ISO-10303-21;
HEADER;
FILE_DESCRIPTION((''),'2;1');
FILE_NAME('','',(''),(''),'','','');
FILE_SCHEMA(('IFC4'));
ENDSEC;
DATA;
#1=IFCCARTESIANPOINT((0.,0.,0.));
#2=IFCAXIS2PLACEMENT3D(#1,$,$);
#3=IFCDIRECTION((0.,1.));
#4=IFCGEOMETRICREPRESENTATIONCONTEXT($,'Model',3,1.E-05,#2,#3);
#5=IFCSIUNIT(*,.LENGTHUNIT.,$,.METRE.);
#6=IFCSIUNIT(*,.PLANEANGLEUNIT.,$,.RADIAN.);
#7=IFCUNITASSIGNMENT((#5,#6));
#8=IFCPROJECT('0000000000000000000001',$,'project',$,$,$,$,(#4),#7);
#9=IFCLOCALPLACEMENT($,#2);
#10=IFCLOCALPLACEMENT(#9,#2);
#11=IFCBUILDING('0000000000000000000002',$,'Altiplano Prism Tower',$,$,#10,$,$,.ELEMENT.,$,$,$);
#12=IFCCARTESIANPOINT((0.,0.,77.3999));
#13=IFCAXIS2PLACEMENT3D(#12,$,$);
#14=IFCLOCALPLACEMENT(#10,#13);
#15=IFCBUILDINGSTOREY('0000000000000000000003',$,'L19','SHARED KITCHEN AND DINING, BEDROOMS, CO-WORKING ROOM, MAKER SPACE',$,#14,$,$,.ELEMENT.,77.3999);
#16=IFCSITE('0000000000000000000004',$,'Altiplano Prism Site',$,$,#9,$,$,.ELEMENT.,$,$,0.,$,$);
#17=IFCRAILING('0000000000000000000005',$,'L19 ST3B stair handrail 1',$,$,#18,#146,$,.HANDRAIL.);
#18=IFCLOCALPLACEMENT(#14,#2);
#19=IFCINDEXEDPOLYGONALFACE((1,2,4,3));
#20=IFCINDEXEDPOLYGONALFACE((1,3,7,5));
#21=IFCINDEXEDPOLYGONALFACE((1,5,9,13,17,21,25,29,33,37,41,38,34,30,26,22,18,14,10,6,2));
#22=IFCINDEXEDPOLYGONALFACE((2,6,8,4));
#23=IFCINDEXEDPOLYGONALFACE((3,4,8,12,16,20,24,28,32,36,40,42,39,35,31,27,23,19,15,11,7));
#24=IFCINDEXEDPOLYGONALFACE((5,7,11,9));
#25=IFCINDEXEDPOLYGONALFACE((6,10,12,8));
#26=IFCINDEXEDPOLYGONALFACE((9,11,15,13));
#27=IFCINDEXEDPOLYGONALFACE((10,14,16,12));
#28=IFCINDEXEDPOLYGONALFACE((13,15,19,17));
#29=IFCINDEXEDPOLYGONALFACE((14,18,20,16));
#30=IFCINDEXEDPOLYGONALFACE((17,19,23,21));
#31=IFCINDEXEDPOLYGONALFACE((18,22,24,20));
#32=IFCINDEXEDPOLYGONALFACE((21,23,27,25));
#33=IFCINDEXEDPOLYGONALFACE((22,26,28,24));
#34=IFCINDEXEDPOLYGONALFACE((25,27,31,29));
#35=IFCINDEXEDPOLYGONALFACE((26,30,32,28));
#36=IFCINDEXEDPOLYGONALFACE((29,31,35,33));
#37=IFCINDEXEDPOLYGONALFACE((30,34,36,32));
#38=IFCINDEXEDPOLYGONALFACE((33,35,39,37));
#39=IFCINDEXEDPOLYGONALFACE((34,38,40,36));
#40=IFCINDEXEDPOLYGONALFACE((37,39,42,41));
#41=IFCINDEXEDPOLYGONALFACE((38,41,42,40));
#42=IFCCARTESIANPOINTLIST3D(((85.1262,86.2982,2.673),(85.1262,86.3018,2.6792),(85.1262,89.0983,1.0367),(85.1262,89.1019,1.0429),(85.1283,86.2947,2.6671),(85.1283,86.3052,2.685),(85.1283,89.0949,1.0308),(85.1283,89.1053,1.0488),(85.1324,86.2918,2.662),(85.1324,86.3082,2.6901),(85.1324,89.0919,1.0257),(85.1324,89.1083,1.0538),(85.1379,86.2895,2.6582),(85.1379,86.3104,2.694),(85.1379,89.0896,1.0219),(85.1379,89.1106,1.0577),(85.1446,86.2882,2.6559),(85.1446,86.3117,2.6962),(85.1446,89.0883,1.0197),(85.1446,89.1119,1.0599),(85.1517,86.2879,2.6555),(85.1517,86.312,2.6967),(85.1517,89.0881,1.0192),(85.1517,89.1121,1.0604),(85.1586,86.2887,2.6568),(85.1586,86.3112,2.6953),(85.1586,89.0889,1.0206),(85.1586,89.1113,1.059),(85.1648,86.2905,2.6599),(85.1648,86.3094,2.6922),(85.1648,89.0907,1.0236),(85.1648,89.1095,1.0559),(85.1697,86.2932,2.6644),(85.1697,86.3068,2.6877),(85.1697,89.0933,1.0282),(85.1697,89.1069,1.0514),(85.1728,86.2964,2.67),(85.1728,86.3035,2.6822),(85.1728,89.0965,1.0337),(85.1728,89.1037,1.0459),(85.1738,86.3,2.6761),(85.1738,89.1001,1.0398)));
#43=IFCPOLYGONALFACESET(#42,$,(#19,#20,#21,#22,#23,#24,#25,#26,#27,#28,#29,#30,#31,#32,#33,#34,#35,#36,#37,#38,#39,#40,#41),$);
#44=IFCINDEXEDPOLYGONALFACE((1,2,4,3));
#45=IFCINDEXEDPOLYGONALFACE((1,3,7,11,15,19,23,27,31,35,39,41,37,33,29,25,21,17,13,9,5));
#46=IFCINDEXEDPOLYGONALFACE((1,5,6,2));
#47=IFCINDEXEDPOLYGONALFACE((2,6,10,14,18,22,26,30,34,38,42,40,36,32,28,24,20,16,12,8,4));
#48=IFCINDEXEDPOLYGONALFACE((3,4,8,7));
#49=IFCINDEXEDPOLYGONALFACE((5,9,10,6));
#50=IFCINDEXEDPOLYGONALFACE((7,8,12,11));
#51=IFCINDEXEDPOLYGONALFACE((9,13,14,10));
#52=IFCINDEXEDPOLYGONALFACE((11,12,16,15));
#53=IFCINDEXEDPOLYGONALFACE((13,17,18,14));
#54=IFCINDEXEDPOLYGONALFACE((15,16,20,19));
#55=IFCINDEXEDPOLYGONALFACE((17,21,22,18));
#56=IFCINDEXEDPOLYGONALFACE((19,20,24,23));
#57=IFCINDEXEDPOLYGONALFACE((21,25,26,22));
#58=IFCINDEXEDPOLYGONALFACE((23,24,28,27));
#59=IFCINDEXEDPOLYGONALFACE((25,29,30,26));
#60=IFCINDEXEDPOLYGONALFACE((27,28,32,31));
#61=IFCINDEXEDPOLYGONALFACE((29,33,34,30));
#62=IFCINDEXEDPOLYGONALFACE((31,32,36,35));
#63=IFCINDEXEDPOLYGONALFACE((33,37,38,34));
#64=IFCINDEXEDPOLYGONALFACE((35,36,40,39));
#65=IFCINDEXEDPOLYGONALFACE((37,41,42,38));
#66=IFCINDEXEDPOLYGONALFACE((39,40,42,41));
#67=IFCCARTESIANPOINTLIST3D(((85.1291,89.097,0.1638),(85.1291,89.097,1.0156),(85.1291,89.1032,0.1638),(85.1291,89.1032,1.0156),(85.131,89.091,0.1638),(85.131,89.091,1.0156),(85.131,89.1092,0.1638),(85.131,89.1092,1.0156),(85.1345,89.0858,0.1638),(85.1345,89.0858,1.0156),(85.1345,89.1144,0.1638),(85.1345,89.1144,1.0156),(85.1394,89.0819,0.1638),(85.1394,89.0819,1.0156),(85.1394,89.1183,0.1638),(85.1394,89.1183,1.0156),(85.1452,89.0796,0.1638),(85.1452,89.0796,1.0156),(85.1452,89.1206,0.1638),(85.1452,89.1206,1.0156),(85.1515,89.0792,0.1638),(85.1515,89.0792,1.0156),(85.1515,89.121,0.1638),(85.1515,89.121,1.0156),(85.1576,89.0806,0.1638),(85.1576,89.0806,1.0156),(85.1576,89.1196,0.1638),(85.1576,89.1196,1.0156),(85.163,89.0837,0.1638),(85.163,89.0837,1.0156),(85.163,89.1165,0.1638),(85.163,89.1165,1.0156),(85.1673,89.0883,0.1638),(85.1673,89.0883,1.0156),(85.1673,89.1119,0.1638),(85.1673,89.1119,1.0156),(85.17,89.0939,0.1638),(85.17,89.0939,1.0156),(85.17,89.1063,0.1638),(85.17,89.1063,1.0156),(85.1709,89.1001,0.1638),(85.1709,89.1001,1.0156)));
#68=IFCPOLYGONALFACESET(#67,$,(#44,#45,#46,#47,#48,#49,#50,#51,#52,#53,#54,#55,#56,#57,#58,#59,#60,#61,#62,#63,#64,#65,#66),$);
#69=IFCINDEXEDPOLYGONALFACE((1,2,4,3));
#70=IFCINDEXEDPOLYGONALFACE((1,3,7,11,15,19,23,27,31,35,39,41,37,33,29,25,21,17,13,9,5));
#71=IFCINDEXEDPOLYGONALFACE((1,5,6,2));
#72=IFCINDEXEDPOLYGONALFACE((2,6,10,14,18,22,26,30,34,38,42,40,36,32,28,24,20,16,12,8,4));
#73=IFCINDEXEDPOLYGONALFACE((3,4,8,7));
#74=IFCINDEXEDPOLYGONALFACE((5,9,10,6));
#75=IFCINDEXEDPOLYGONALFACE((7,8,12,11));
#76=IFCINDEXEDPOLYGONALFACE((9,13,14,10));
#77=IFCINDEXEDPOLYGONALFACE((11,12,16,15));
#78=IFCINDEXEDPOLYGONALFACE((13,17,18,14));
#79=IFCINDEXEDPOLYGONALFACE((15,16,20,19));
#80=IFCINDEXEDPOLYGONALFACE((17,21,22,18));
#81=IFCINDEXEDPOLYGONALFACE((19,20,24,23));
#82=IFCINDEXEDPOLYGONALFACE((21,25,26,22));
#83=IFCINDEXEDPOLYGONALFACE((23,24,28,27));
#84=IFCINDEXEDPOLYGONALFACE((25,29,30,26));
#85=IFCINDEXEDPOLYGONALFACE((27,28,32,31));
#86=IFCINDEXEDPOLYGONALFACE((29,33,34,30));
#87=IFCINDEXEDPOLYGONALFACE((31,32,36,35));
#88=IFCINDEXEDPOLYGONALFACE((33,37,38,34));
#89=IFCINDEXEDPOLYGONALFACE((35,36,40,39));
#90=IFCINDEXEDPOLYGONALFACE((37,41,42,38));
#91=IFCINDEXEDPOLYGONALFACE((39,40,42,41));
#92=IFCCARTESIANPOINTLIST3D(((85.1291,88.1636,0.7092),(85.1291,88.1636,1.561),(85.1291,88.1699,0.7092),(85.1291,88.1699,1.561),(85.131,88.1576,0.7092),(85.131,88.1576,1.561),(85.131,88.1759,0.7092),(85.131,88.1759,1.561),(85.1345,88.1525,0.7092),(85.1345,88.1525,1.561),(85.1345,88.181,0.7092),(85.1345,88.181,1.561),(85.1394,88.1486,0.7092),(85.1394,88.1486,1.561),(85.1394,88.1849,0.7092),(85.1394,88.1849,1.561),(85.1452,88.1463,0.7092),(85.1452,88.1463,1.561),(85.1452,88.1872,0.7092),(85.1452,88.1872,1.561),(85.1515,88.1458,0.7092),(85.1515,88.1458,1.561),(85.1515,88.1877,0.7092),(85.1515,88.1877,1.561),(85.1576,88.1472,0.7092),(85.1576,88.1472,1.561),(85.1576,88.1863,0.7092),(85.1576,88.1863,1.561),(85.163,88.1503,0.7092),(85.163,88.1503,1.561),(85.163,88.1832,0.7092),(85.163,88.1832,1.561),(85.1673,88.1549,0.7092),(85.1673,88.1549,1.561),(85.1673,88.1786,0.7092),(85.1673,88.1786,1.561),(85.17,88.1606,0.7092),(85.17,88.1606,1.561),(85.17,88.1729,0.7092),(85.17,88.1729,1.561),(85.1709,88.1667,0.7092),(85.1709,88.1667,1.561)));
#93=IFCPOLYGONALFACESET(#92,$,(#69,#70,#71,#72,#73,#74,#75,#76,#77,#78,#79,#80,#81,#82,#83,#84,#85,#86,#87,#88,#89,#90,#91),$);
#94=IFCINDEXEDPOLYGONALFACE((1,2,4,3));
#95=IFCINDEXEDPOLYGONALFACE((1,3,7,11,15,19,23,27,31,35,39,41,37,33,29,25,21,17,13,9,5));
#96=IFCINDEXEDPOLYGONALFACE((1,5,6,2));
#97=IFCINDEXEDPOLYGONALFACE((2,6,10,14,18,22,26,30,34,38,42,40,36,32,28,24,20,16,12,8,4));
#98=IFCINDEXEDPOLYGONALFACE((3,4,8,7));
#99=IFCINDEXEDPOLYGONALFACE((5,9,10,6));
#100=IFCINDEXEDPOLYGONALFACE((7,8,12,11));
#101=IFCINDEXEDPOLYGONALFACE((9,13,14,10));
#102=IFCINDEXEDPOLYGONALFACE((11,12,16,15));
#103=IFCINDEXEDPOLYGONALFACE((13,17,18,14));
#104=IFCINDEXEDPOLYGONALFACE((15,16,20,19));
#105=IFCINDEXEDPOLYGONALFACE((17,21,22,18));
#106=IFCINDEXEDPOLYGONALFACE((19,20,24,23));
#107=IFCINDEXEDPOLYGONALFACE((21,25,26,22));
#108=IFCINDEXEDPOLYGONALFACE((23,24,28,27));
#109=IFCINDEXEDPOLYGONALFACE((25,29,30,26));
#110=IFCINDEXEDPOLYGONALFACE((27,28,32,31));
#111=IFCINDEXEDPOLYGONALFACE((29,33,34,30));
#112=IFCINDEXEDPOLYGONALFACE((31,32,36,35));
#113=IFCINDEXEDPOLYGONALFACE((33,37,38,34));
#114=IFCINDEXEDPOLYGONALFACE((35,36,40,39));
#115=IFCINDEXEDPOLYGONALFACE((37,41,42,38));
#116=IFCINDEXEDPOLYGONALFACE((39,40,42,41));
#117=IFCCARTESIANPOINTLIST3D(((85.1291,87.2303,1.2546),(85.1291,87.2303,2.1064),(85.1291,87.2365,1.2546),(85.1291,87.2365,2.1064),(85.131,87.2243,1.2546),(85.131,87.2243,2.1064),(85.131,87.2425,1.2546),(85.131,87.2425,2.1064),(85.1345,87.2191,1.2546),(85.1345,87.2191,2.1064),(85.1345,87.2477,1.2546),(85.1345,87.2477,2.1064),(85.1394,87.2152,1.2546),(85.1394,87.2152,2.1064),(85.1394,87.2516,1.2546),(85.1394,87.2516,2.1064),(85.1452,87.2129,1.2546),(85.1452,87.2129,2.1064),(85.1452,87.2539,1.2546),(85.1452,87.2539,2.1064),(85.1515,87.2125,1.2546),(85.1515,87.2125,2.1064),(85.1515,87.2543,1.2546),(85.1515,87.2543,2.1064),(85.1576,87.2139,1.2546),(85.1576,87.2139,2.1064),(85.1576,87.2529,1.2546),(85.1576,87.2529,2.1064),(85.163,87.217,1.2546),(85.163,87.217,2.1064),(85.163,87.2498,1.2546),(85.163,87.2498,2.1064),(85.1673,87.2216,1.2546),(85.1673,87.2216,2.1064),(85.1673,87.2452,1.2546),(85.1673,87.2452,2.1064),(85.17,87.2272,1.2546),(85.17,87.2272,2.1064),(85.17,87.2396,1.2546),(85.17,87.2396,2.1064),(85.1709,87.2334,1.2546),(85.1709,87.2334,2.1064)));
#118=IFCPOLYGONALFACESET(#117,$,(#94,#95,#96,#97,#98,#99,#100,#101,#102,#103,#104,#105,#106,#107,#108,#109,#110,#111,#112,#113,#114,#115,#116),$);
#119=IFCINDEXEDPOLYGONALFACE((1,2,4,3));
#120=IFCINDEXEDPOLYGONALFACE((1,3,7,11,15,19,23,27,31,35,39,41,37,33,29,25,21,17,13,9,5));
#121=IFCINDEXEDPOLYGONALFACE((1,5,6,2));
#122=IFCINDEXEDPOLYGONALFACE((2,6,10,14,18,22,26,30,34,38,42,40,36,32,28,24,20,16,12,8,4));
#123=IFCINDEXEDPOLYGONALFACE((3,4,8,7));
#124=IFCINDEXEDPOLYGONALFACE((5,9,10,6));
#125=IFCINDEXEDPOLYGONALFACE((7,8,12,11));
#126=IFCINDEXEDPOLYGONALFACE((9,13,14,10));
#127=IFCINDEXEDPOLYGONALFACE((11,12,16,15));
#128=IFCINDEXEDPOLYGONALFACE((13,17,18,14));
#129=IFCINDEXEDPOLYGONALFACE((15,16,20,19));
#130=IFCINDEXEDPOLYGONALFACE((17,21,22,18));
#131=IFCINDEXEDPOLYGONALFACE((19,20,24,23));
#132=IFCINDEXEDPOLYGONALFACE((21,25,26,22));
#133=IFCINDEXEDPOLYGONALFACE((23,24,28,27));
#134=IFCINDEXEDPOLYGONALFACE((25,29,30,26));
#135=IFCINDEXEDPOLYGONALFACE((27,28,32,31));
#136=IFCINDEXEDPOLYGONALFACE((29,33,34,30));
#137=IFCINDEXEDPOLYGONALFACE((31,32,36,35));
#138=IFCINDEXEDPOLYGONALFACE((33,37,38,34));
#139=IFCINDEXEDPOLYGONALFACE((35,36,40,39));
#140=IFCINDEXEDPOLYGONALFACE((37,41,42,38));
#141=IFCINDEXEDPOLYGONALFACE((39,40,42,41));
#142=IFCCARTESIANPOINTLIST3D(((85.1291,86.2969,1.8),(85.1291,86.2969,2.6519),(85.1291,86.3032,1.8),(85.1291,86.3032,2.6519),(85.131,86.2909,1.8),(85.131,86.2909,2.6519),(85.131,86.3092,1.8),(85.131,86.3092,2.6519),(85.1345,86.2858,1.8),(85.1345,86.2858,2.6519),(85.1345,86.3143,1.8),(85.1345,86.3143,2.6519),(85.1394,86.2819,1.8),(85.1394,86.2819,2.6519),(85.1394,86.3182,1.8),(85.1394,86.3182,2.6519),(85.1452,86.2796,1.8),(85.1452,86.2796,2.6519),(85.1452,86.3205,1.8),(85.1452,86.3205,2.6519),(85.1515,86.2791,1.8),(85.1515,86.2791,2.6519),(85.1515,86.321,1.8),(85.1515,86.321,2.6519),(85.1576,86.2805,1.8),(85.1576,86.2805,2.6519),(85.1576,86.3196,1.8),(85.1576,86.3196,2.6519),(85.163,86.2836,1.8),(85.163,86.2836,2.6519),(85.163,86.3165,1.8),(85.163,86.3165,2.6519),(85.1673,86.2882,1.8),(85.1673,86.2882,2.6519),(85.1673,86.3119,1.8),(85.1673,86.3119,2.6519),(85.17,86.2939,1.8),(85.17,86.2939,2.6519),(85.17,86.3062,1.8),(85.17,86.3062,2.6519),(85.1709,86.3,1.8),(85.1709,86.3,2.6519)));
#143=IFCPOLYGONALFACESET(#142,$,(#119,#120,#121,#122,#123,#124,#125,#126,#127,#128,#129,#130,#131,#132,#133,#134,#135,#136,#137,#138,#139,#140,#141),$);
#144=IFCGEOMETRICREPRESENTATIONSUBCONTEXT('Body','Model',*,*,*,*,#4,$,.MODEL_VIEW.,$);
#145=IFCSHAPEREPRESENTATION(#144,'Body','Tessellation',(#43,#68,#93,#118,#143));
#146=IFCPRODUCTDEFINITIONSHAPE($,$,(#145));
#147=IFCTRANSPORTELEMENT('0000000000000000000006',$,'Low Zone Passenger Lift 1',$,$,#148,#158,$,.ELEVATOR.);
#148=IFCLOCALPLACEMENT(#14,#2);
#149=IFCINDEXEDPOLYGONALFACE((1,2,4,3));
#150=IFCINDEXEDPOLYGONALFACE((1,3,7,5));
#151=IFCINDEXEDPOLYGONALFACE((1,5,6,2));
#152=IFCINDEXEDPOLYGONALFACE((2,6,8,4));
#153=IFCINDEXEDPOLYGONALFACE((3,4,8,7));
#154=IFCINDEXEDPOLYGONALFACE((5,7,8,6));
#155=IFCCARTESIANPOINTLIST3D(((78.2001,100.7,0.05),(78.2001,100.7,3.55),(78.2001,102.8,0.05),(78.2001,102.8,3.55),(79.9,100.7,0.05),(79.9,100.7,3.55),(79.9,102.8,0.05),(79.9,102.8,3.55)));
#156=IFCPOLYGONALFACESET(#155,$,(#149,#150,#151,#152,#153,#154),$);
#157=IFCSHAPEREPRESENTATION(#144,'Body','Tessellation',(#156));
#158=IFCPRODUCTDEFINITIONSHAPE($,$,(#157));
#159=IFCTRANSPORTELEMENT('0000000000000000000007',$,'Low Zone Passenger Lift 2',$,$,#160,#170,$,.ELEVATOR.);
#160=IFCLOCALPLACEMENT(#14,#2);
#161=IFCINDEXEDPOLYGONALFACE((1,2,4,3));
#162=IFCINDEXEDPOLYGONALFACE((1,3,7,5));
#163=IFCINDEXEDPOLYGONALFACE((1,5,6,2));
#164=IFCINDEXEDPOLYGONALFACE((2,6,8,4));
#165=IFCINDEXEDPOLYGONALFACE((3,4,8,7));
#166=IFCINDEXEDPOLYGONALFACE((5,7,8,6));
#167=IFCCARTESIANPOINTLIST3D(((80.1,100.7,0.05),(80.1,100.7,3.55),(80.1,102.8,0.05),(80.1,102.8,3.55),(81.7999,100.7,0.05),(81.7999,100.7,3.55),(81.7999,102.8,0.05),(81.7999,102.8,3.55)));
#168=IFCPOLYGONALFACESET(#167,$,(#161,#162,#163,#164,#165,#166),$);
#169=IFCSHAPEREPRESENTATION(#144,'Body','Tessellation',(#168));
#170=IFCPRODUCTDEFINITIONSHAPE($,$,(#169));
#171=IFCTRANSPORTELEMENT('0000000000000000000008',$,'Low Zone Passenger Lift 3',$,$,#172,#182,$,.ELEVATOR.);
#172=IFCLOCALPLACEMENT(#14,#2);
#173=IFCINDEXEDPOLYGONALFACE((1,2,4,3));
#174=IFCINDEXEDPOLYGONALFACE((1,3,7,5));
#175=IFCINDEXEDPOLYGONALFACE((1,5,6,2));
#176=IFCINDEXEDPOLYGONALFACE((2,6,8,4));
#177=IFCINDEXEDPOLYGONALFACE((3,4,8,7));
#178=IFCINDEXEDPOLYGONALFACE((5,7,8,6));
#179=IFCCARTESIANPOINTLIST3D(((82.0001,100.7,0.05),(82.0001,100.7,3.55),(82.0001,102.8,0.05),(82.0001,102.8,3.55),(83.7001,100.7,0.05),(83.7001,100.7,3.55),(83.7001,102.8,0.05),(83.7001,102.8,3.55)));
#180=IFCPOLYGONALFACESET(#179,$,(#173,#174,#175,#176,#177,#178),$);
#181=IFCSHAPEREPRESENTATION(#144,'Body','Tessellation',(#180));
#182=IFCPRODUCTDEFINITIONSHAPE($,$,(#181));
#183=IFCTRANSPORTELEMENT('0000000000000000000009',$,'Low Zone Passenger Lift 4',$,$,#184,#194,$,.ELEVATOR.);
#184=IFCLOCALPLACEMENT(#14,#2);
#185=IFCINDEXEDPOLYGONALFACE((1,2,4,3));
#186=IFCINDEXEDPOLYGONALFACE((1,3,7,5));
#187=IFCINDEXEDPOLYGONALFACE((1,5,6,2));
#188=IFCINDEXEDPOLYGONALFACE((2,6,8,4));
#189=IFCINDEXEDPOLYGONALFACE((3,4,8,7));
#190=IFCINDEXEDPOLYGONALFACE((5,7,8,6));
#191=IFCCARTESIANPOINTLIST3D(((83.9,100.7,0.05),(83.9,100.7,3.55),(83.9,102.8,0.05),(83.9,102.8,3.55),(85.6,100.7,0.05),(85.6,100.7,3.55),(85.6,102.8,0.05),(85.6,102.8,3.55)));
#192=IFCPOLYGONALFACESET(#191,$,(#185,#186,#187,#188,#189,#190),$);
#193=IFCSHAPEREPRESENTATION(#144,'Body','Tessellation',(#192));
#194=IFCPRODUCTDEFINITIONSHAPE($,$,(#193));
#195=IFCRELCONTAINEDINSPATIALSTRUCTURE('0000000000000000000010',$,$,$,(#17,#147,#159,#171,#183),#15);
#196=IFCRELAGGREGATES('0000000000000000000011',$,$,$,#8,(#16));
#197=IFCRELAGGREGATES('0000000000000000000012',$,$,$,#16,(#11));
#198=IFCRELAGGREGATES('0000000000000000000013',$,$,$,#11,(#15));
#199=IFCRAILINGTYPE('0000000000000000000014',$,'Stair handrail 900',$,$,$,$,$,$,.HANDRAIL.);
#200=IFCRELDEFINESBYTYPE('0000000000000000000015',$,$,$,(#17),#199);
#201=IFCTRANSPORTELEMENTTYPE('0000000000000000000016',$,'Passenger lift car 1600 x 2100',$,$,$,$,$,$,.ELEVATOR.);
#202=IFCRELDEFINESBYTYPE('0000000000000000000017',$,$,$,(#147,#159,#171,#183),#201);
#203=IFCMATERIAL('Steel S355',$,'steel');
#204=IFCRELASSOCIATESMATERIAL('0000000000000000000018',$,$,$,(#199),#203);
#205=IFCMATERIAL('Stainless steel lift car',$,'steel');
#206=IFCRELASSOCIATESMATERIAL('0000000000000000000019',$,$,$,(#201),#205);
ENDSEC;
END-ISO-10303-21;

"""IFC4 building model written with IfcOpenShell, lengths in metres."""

from ifc_helpers import new_model, si_unit, direction, frame, origin, origin_2d, place, context, subcontext, project, spatial, rectangle, circle, extrude, material, type_object, element, save


model = new_model("IFC4")

# Units and contexts
model_context = context("Model", 3, precision=1e-05, world=origin(), true_north=direction((0.0, 1.0)))
body_context = subcontext(model_context, "Body", "Model", "MODEL_VIEW")
ifc_project = project(units=[si_unit("LENGTHUNIT", "METRE"), si_unit("PLANEANGLEUNIT", "RADIAN")], contexts=[model_context])

# Site, building, storey
site_placement = place(None, origin())
site = spatial("IfcSite", under=ifc_project, at=site_placement, Name="Altiplano Prism Site", CompositionType="ELEMENT", RefElevation=0.0)
building_placement = place(site_placement, origin())
building = spatial("IfcBuilding", under=site, at=building_placement, Name="Altiplano Prism Tower", CompositionType="ELEMENT")
storey_placement = place(building_placement, frame((0.0, 0.0, 77.3999)))
storey = spatial("IfcBuildingStorey", under=building, at=storey_placement, Name="L19", Description="SHARED KITCHEN AND DINING, BEDROOMS, CO-WORKING ROOM, MAKER SPACE", CompositionType="ELEMENT", Elevation=77.3999)

# Railing
ifc_material_1 = material(Name="Steel S355", Category="steel")
railing_type_1 = type_object("IfcRailingType", Name="Stair handrail 900", PredefinedType="HANDRAIL", material=ifc_material_1)
for number, where, name in (
    (1, (85.1499, 89.1001, 0.1638), "L19 ST3B stair handrail 1"),
):
    element("IfcRailing", number, at=place(storey_placement, frame(where)), inside=storey, type_object=railing_type_1, Name=name, PredefinedType="HANDRAIL", context=body_context, shape_type="SweptSolid", body=[
        extrude(circle(Radius=0.0239, at=origin_2d()), frame((0.0, 0.0, 0.876), z_axis=(0.0, -0.863394, 0.504531), x_axis=(1.0, 0.0, 0.0)), (0.0, 0.0, 1.0), 3.2432),
        extrude(circle(Radius=0.021, at=origin_2d()), origin(), (0.0, 0.0, 1.0), 0.8518),
        extrude(circle(Radius=0.021, at=origin_2d()), frame((0.0, -0.9333, 0.5454)), (0.0, 0.0, 1.0), 0.8518),
        extrude(circle(Radius=0.021, at=origin_2d()), frame((0.0, -1.8667, 1.0908)), (0.0, 0.0, 1.0), 0.8518),
        extrude(circle(Radius=0.021, at=origin_2d()), frame((0.0, -2.8, 1.6362)), (0.0, 0.0, 1.0), 0.8518),
    ])

# Transport elements
ifc_material_2 = material(Name="Stainless steel lift car", Category="steel")
transport_element_type = type_object("IfcTransportElementType", Name="Passenger lift car 1600 x 2100", PredefinedType="ELEVATOR", material=ifc_material_2)
for number, where, z_axis, x_axis, name in (
    (2, (79.05, 101.75, 0.05), (0.0, 0.0, 1.0), (1.0, 0.0, 0.0), "Low Zone Passenger Lift 1"),
    (3, (80.95, 101.75, 0.05), (0.0, 0.0, 1.0), (1.0, 0.0, 0.0), "Low Zone Passenger Lift 2"),
    (4, (82.8501, 101.75, 0.05), (0.0, 0.0, 1.0), (1.0, 0.0, 0.0), "Low Zone Passenger Lift 3"),
    (5, (84.75, 101.75, 0.05), (0.0, 0.0, 1.0), (1.0, 0.0, 0.0), "Low Zone Passenger Lift 4"),
):
    element("IfcTransportElement", number, at=place(storey_placement, frame(where, z_axis=z_axis, x_axis=x_axis)), inside=storey, type_object=transport_element_type, Name=name, PredefinedType="ELEVATOR", context=body_context, shape_type="SweptSolid", body=[
        extrude(rectangle(XDim=1.7, YDim=2.1001, at=origin_2d()), origin(), (0.0, 0.0, 1.0), 3.5),
    ])

save(model, "model.ifc")
